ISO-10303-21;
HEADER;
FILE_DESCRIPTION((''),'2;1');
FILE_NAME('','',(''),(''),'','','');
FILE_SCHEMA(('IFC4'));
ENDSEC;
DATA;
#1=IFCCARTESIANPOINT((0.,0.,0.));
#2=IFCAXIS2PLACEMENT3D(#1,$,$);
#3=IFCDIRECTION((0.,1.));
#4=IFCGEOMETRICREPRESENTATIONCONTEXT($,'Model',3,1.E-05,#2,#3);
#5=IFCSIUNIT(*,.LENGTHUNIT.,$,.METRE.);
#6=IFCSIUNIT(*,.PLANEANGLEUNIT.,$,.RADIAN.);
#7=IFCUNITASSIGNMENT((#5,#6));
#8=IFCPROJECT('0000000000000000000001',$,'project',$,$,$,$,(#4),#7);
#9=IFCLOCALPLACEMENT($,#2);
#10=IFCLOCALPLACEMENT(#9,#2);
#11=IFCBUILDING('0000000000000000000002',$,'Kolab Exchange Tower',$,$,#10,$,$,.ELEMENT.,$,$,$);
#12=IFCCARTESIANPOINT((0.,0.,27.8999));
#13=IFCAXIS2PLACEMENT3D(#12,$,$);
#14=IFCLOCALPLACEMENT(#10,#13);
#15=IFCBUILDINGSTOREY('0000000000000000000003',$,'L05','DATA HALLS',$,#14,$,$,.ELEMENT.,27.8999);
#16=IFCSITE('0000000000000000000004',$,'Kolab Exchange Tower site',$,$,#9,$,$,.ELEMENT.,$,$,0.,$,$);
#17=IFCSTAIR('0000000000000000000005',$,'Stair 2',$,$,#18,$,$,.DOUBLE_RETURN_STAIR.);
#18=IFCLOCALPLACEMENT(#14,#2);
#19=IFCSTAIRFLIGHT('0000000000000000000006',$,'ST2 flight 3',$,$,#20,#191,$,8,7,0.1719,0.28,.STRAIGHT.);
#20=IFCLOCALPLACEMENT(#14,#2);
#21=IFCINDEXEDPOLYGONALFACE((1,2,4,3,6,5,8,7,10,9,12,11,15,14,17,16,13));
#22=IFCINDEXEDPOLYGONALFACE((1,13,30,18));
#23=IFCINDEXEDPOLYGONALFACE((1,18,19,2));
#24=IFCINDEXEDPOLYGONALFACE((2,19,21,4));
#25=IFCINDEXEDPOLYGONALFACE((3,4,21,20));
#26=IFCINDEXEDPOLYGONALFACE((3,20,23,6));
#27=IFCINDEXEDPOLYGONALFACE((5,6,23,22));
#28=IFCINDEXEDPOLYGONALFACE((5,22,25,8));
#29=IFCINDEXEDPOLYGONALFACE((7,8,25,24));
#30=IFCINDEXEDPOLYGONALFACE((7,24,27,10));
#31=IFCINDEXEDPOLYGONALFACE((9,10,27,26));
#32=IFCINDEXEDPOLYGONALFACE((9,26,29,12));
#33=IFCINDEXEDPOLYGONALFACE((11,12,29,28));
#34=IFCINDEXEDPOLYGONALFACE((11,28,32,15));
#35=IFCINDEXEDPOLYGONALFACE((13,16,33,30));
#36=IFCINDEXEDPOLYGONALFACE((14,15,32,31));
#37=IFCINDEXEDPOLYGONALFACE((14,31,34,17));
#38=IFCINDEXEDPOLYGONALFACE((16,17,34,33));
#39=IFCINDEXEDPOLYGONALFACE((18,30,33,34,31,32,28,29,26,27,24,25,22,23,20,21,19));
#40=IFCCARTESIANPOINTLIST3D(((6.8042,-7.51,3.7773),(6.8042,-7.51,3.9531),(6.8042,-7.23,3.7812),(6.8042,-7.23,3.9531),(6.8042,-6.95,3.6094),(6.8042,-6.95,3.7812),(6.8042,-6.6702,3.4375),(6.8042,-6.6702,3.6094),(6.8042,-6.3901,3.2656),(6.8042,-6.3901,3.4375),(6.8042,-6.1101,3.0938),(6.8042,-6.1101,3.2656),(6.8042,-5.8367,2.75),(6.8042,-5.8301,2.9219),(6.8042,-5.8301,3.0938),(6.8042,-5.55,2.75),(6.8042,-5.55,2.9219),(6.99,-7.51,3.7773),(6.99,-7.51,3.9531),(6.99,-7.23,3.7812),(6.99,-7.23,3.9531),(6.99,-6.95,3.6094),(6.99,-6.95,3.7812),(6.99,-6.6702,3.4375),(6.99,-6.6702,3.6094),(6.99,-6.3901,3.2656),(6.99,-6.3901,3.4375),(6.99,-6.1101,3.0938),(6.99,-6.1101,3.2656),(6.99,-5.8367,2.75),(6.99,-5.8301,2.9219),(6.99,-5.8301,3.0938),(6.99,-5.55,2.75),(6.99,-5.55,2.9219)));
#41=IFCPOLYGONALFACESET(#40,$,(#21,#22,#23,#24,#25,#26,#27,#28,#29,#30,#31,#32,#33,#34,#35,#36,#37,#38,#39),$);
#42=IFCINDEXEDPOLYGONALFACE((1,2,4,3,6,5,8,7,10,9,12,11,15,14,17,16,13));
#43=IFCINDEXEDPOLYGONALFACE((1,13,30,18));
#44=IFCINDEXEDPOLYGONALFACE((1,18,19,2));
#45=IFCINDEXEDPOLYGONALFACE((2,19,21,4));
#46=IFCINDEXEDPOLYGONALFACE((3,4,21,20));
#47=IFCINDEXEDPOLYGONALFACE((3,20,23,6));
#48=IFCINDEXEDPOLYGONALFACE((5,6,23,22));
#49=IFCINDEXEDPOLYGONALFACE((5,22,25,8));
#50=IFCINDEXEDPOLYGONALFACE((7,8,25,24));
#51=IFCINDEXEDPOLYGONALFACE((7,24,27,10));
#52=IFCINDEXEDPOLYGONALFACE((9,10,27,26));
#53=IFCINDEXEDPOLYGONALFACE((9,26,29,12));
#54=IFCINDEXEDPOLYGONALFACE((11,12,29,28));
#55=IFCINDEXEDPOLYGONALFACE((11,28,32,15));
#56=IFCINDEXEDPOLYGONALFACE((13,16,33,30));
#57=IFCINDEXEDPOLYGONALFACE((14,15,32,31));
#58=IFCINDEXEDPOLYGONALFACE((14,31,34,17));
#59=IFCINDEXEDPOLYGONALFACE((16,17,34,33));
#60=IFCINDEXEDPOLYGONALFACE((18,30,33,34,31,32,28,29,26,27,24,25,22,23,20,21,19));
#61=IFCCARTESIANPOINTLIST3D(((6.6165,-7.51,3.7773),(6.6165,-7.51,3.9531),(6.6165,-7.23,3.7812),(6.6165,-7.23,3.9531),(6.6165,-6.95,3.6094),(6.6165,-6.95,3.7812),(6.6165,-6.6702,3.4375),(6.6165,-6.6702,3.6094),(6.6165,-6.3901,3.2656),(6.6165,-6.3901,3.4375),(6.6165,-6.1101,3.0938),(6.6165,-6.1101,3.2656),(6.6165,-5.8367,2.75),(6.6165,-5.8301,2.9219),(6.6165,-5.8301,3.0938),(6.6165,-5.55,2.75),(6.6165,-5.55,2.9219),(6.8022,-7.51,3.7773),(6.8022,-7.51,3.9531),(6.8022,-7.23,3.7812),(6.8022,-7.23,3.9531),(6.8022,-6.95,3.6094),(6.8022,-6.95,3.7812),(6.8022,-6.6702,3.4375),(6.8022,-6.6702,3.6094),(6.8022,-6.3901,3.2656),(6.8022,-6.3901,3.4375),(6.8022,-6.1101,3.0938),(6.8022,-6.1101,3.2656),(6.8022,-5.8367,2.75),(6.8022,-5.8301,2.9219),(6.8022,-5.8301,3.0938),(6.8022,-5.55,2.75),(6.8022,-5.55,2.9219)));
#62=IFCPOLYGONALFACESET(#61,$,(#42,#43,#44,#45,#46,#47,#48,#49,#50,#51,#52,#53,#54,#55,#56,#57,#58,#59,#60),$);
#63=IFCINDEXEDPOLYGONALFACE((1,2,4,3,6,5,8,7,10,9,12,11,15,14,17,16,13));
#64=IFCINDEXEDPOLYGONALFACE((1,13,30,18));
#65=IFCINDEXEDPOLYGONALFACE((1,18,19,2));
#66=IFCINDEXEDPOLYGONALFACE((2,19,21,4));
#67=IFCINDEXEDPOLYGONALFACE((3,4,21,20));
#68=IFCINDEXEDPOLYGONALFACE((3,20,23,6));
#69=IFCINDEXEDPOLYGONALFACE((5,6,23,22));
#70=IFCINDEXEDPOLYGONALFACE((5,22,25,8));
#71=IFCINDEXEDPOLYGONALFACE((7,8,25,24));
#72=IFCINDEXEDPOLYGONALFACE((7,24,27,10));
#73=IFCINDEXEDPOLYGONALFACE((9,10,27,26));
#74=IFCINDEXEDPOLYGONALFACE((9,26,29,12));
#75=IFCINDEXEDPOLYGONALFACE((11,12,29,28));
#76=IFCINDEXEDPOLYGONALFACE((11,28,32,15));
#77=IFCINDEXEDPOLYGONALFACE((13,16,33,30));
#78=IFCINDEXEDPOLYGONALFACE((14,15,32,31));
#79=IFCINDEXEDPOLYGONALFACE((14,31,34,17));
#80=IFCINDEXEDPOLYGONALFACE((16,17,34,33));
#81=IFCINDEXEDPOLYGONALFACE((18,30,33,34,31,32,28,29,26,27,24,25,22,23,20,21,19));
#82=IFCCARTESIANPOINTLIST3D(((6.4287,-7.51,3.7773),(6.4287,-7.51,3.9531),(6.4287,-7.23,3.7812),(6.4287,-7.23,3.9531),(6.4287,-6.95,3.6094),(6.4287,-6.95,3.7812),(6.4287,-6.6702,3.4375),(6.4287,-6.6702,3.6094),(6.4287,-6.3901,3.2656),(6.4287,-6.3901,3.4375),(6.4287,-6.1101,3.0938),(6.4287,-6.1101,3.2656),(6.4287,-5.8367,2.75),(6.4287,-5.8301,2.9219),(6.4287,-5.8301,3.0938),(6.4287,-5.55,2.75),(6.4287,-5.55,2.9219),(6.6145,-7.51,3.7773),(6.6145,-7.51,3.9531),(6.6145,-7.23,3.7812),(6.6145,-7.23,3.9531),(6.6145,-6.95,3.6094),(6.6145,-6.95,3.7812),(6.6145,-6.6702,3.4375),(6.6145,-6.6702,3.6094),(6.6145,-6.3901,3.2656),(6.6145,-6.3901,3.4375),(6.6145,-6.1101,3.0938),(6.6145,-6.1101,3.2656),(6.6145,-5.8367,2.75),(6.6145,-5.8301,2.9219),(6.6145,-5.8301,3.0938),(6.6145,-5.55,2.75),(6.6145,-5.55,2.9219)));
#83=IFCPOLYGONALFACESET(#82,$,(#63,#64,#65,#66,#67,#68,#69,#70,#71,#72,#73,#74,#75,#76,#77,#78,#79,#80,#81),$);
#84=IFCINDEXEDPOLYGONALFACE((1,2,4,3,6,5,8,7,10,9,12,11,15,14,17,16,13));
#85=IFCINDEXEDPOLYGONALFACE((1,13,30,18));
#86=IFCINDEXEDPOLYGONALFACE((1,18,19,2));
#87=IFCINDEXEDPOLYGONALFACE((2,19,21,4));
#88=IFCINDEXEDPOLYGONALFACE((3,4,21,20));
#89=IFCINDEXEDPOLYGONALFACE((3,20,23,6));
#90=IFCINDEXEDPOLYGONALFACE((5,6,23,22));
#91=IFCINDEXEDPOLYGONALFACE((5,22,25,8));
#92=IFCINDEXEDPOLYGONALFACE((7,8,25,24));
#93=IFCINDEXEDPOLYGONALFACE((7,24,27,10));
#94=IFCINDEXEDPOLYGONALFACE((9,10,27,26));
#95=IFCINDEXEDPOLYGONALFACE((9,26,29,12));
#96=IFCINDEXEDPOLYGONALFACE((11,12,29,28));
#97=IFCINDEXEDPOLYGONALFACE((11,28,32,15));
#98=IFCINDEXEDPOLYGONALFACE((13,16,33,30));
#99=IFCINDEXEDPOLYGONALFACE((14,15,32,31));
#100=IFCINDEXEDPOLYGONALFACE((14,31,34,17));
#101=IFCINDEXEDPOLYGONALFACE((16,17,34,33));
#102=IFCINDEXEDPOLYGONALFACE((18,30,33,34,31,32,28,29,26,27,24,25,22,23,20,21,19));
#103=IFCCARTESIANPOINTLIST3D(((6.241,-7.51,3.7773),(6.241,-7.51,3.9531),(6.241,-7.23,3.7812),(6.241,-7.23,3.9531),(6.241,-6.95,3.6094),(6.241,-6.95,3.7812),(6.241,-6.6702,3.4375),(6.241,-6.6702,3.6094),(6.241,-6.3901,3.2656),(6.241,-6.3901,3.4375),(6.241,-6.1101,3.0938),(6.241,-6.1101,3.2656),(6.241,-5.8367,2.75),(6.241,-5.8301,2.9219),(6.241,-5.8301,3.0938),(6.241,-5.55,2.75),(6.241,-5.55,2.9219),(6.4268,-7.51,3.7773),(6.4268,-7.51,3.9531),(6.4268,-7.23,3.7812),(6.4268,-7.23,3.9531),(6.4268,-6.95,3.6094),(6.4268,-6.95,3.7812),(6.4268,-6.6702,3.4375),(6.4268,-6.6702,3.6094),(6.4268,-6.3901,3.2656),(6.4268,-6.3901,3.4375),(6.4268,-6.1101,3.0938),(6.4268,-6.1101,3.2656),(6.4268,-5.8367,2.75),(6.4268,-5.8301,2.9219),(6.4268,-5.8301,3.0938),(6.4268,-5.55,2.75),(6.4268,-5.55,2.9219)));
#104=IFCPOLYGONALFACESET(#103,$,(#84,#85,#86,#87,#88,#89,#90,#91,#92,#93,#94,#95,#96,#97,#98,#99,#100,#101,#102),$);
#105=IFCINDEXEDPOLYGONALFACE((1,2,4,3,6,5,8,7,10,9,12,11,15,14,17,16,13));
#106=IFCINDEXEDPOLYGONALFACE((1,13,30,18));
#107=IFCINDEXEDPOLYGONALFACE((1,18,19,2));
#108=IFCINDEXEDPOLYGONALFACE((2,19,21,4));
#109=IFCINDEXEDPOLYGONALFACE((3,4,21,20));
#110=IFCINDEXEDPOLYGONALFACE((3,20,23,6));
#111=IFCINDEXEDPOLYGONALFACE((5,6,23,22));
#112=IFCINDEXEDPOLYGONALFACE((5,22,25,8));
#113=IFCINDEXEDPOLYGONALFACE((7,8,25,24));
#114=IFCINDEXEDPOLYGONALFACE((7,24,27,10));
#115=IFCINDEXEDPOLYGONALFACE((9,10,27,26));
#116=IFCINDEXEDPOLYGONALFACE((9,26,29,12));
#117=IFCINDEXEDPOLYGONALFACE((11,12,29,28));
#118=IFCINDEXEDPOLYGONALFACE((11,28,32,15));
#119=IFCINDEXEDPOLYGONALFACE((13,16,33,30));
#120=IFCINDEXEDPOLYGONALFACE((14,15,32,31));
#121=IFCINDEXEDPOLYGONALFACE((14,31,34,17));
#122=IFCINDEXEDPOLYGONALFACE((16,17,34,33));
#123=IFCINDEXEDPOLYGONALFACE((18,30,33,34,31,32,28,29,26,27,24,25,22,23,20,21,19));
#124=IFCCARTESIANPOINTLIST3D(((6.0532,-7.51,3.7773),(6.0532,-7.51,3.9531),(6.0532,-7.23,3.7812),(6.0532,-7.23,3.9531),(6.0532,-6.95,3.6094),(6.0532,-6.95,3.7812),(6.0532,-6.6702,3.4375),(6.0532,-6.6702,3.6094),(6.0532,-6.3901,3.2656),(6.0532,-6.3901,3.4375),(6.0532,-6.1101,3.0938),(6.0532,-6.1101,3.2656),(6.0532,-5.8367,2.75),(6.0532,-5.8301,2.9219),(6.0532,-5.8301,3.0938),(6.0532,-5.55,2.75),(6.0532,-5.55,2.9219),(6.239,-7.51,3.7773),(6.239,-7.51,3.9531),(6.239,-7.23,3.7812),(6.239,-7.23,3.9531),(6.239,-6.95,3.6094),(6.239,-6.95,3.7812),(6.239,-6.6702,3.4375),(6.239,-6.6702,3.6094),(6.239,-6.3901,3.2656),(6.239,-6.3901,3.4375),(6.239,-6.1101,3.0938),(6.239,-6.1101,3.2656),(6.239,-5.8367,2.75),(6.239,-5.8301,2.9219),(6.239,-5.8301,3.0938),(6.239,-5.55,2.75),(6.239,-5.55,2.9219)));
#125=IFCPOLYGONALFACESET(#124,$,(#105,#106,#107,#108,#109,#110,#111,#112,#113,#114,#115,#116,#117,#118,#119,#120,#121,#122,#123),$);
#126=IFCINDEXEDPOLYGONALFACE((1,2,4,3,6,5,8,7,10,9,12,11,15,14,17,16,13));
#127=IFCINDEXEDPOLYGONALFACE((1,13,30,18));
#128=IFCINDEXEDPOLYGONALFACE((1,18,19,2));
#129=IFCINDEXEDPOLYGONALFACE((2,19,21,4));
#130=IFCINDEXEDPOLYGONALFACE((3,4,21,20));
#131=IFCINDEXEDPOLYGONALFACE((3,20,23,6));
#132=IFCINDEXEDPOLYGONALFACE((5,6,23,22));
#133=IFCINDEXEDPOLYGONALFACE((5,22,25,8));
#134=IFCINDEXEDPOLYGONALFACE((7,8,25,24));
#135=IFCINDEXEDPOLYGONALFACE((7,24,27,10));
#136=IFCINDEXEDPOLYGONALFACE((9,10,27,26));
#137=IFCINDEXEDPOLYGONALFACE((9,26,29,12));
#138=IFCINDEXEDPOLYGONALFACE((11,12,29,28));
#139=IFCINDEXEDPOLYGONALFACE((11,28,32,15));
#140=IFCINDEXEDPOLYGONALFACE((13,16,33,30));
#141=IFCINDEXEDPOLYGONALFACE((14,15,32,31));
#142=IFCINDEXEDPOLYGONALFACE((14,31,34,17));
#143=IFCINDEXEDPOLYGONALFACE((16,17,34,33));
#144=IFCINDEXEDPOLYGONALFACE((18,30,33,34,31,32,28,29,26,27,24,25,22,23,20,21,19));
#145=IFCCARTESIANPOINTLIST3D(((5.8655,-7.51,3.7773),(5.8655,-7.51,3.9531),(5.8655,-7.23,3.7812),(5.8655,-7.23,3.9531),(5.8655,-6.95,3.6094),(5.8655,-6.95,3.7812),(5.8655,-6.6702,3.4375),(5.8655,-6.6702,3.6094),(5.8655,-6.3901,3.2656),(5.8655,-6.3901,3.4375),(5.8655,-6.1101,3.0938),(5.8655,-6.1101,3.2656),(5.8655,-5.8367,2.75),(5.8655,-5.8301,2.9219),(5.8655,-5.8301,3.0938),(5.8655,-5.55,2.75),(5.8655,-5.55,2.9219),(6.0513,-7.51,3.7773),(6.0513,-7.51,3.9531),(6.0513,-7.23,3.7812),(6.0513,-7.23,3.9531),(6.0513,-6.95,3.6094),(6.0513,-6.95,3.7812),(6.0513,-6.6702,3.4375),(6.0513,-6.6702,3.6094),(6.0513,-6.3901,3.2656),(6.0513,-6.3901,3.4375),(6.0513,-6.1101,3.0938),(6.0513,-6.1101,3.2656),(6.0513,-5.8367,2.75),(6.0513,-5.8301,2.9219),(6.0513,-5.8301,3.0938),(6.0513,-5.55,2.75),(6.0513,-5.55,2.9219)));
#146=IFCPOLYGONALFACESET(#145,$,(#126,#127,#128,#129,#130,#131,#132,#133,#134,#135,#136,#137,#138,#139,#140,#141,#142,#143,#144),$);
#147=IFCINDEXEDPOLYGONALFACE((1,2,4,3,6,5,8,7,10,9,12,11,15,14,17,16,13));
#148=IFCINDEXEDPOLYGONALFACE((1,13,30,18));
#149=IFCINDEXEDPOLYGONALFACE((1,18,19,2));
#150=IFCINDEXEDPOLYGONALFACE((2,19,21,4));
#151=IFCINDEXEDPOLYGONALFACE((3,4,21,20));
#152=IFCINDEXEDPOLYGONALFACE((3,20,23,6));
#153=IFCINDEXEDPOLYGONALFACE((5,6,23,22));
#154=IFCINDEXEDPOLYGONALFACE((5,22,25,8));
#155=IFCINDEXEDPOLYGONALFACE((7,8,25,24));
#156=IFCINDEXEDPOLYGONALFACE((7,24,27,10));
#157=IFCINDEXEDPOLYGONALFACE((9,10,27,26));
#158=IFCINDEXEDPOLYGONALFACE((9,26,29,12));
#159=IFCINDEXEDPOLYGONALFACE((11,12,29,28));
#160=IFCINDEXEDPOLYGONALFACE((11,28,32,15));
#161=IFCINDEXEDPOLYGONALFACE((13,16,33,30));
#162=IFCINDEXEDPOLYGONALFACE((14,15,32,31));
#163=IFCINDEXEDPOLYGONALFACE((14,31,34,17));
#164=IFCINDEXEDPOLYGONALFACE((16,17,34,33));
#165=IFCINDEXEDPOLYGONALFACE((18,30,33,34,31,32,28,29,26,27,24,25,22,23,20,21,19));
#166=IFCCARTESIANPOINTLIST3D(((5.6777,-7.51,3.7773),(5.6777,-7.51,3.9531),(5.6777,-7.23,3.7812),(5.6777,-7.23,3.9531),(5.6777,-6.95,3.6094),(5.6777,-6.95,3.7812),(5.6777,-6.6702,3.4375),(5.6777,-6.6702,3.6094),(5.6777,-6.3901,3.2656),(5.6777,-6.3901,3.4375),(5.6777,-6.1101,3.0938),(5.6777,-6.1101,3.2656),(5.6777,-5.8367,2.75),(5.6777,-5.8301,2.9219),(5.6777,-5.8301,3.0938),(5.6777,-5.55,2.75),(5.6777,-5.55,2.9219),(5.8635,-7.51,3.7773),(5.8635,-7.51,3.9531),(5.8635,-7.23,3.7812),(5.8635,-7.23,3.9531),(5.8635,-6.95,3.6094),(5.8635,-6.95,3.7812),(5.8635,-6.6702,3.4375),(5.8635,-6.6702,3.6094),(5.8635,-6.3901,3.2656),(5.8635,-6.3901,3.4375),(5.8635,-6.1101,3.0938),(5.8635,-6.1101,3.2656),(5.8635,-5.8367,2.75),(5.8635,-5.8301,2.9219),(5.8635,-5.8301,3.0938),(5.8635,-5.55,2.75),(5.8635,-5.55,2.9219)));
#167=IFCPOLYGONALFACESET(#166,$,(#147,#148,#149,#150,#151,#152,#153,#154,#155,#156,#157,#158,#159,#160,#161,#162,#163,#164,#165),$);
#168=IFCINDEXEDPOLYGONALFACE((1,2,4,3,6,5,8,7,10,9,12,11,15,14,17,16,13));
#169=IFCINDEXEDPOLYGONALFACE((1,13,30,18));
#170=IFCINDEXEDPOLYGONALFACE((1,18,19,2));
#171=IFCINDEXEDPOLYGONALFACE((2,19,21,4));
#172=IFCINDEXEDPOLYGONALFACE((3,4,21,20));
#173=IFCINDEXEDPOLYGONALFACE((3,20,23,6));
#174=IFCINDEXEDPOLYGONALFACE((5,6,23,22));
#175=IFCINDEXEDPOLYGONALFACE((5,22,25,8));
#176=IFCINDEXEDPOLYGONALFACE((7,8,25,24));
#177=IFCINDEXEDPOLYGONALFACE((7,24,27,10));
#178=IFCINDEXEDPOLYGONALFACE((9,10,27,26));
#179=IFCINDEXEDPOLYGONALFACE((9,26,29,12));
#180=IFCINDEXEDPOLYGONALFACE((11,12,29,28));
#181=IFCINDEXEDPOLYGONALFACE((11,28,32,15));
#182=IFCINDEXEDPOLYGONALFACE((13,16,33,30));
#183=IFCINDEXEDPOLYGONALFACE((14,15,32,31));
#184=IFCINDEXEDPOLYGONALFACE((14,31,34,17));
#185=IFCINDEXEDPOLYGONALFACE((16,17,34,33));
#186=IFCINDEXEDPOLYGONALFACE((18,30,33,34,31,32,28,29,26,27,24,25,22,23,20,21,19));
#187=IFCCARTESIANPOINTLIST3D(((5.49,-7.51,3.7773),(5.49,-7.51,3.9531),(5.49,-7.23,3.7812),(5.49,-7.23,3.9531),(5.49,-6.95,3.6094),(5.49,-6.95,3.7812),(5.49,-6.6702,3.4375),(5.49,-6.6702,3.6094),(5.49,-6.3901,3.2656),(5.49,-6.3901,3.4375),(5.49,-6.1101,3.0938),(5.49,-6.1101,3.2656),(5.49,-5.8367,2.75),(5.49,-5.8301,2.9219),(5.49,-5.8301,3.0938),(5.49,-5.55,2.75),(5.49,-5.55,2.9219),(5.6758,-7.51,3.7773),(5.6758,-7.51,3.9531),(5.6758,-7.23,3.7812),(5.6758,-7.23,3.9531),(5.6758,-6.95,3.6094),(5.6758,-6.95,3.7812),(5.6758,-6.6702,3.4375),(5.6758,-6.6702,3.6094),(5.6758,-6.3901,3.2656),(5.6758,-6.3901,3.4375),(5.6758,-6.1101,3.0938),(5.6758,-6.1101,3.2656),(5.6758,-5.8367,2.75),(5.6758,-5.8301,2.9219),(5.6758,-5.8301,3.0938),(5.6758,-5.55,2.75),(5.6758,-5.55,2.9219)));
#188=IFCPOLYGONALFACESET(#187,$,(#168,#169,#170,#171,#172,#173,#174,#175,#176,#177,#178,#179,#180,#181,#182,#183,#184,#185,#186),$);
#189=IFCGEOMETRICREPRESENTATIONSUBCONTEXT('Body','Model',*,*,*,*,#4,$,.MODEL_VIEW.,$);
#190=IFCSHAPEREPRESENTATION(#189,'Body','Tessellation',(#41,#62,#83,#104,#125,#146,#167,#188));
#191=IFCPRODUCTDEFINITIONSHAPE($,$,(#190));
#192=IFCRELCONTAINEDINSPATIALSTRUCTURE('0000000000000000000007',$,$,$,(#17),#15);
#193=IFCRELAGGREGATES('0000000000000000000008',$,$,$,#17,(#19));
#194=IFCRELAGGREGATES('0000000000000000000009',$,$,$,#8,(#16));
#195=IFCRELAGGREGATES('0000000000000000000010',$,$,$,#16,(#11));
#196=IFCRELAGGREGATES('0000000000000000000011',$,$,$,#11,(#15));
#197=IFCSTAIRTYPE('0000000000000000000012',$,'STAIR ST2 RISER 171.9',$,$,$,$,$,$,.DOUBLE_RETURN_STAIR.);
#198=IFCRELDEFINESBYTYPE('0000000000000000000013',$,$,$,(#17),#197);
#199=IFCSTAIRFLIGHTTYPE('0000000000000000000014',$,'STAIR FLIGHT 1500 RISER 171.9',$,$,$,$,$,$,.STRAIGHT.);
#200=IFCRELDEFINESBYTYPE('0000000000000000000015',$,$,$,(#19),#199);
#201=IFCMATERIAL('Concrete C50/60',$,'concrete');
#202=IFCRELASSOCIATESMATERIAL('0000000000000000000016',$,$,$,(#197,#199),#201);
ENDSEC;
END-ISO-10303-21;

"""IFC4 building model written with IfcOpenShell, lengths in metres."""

from ifc_helpers import new_model, si_unit, direction, frame, origin, place, context, subcontext, project, spatial, polyline, outline, extrude, material, type_object, element, aggregate, save


model = new_model("IFC4")

# Units and contexts
model_context = context("Model", 3, precision=1e-05, world=origin(), true_north=direction((0.0, 1.0)))
body_context = subcontext(model_context, "Body", "Model", "MODEL_VIEW")
ifc_project = project(units=[si_unit("LENGTHUNIT", "METRE"), si_unit("PLANEANGLEUNIT", "RADIAN")], contexts=[model_context])

# Site, building, storey
site_placement = place(None, origin())
site = spatial("IfcSite", under=ifc_project, at=site_placement, Name="Kolab Exchange Tower site", CompositionType="ELEMENT", RefElevation=0.0)
building_placement = place(site_placement, origin())
building = spatial("IfcBuilding", under=site, at=building_placement, Name="Kolab Exchange Tower", CompositionType="ELEMENT")
storey_placement = place(building_placement, frame((0.0, 0.0, 27.8999)))
storey = spatial("IfcBuildingStorey", under=building, at=storey_placement, Name="L05", Description="DATA HALLS", CompositionType="ELEMENT", Elevation=27.8999)

# Shared definitions
ifc_material_1 = material(Name="Concrete C50/60", Category="concrete")

# Stair, stair flight
stair_type_1 = type_object("IfcStairType", Name="STAIR ST2 RISER 171.9", PredefinedType="DOUBLE_RETURN_STAIR", material=ifc_material_1)
stair_1_placement = place(storey_placement, origin())
stair_1 = element("IfcStair", 1, at=stair_1_placement, inside=storey, type_object=stair_type_1, Name="Stair 2", PredefinedType="DOUBLE_RETURN_STAIR")
stair_flight_type = type_object("IfcStairFlightType", Name="STAIR FLIGHT 1500 RISER 171.9", PredefinedType="STRAIGHT", material=ifc_material_1)
stair_flight_1_placement = place(storey_placement, frame((6.24, -5.55, 2.75), z_axis=(0.0, 0.0, 1.0), x_axis=(0.0, -1.0, 0.0)))
stair_flight_1 = element("IfcStairFlight", 2, at=stair_flight_1_placement, type_object=stair_flight_type, Name="ST2 flight 3", NumberOfRisers=8, NumberOfTreads=7, PredefinedType="STRAIGHT", RiserHeight=0.1719, TreadLength=0.28, context=body_context, shape_type="SweptSolid", body=[
    extrude(outline(polyline([(0.0, 0.0), (0.0, 0.1719), (0.28, 0.1719), (0.28, 0.3438), (0.5601, 0.3438), (0.5601, 0.5156), (0.8401, 0.5156), (0.8401, 0.6875), (1.1201, 0.6875), (1.1201, 0.8594), (1.3999, 0.8594), (1.3999, 1.0312), (1.6799, 1.0312), (1.6799, 1.2031), (1.96, 1.2031), (1.96, 1.375), (1.96, 1.0273), (0.2866, 0.0), (0.0, 0.0)])), frame((0.0, 0.75, 0.0), z_axis=(0.0, -1.0, 0.0), x_axis=(1.0, 0.0, 0.0)), (0.0, 0.0, 1.0), 0.1858),
    extrude(outline(polyline([(0.0, 0.0), (0.0, 0.1719), (0.28, 0.1719), (0.28, 0.3438), (0.5601, 0.3438), (0.5601, 0.5156), (0.8401, 0.5156), (0.8401, 0.6875), (1.1201, 0.6875), (1.1201, 0.8594), (1.3999, 0.8594), (1.3999, 1.0312), (1.6799, 1.0312), (1.6799, 1.2031), (1.96, 1.2031), (1.96, 1.375), (1.96, 1.0273), (0.2866, 0.0), (0.0, 0.0)])), frame((0.0, 0.5623, 0.0), z_axis=(0.0, -1.0, 0.0), x_axis=(1.0, 0.0, 0.0)), (0.0, 0.0, 1.0), 0.1858),
    extrude(outline(polyline([(0.0, 0.0), (0.0, 0.1719), (0.28, 0.1719), (0.28, 0.3438), (0.5601, 0.3438), (0.5601, 0.5156), (0.8401, 0.5156), (0.8401, 0.6875), (1.1201, 0.6875), (1.1201, 0.8594), (1.3999, 0.8594), (1.3999, 1.0312), (1.6799, 1.0312), (1.6799, 1.2031), (1.96, 1.2031), (1.96, 1.375), (1.96, 1.0273), (0.2866, 0.0), (0.0, 0.0)])), frame((0.0, 0.3745, 0.0), z_axis=(0.0, -1.0, 0.0), x_axis=(1.0, 0.0, 0.0)), (0.0, 0.0, 1.0), 0.1858),
    extrude(outline(polyline([(0.0, 0.0), (0.0, 0.1719), (0.28, 0.1719), (0.28, 0.3438), (0.5601, 0.3438), (0.5601, 0.5156), (0.8401, 0.5156), (0.8401, 0.6875), (1.1201, 0.6875), (1.1201, 0.8594), (1.3999, 0.8594), (1.3999, 1.0312), (1.6799, 1.0312), (1.6799, 1.2031), (1.96, 1.2031), (1.96, 1.375), (1.96, 1.0273), (0.2866, 0.0), (0.0, 0.0)])), frame((0.0, 0.1868, 0.0), z_axis=(0.0, -1.0, 0.0), x_axis=(1.0, 0.0, 0.0)), (0.0, 0.0, 1.0), 0.1858),
    extrude(outline(polyline([(0.0, 0.0), (0.0, 0.1719), (0.28, 0.1719), (0.28, 0.3438), (0.5601, 0.3438), (0.5601, 0.5156), (0.8401, 0.5156), (0.8401, 0.6875), (1.1201, 0.6875), (1.1201, 0.8594), (1.3999, 0.8594), (1.3999, 1.0312), (1.6799, 1.0312), (1.6799, 1.2031), (1.96, 1.2031), (1.96, 1.375), (1.96, 1.0273), (0.2866, 0.0), (0.0, 0.0)])), frame((0.0, -0.001, 0.0), z_axis=(0.0, -1.0, 0.0), x_axis=(1.0, 0.0, 0.0)), (0.0, 0.0, 1.0), 0.1858),
    extrude(outline(polyline([(0.0, 0.0), (0.0, 0.1719), (0.28, 0.1719), (0.28, 0.3438), (0.5601, 0.3438), (0.5601, 0.5156), (0.8401, 0.5156), (0.8401, 0.6875), (1.1201, 0.6875), (1.1201, 0.8594), (1.3999, 0.8594), (1.3999, 1.0312), (1.6799, 1.0312), (1.6799, 1.2031), (1.96, 1.2031), (1.96, 1.375), (1.96, 1.0273), (0.2866, 0.0), (0.0, 0.0)])), frame((0.0, -0.1887, 0.0), z_axis=(0.0, -1.0, 0.0), x_axis=(1.0, 0.0, 0.0)), (0.0, 0.0, 1.0), 0.1858),
    extrude(outline(polyline([(0.0, 0.0), (0.0, 0.1719), (0.28, 0.1719), (0.28, 0.3438), (0.5601, 0.3438), (0.5601, 0.5156), (0.8401, 0.5156), (0.8401, 0.6875), (1.1201, 0.6875), (1.1201, 0.8594), (1.3999, 0.8594), (1.3999, 1.0312), (1.6799, 1.0312), (1.6799, 1.2031), (1.96, 1.2031), (1.96, 1.375), (1.96, 1.0273), (0.2866, 0.0), (0.0, 0.0)])), frame((0.0, -0.3765, 0.0), z_axis=(0.0, -1.0, 0.0), x_axis=(1.0, 0.0, 0.0)), (0.0, 0.0, 1.0), 0.1858),
    extrude(outline(polyline([(0.0, 0.0), (0.0, 0.1719), (0.28, 0.1719), (0.28, 0.3438), (0.5601, 0.3438), (0.5601, 0.5156), (0.8401, 0.5156), (0.8401, 0.6875), (1.1201, 0.6875), (1.1201, 0.8594), (1.3999, 0.8594), (1.3999, 1.0312), (1.6799, 1.0312), (1.6799, 1.2031), (1.96, 1.2031), (1.96, 1.375), (1.96, 1.0273), (0.2866, 0.0), (0.0, 0.0)])), frame((0.0, -0.5642, 0.0), z_axis=(0.0, -1.0, 0.0), x_axis=(1.0, 0.0, 0.0)), (0.0, 0.0, 1.0), 0.1858),
])
aggregate(stair_1, [stair_flight_1])

save(model, "model.ifc")
